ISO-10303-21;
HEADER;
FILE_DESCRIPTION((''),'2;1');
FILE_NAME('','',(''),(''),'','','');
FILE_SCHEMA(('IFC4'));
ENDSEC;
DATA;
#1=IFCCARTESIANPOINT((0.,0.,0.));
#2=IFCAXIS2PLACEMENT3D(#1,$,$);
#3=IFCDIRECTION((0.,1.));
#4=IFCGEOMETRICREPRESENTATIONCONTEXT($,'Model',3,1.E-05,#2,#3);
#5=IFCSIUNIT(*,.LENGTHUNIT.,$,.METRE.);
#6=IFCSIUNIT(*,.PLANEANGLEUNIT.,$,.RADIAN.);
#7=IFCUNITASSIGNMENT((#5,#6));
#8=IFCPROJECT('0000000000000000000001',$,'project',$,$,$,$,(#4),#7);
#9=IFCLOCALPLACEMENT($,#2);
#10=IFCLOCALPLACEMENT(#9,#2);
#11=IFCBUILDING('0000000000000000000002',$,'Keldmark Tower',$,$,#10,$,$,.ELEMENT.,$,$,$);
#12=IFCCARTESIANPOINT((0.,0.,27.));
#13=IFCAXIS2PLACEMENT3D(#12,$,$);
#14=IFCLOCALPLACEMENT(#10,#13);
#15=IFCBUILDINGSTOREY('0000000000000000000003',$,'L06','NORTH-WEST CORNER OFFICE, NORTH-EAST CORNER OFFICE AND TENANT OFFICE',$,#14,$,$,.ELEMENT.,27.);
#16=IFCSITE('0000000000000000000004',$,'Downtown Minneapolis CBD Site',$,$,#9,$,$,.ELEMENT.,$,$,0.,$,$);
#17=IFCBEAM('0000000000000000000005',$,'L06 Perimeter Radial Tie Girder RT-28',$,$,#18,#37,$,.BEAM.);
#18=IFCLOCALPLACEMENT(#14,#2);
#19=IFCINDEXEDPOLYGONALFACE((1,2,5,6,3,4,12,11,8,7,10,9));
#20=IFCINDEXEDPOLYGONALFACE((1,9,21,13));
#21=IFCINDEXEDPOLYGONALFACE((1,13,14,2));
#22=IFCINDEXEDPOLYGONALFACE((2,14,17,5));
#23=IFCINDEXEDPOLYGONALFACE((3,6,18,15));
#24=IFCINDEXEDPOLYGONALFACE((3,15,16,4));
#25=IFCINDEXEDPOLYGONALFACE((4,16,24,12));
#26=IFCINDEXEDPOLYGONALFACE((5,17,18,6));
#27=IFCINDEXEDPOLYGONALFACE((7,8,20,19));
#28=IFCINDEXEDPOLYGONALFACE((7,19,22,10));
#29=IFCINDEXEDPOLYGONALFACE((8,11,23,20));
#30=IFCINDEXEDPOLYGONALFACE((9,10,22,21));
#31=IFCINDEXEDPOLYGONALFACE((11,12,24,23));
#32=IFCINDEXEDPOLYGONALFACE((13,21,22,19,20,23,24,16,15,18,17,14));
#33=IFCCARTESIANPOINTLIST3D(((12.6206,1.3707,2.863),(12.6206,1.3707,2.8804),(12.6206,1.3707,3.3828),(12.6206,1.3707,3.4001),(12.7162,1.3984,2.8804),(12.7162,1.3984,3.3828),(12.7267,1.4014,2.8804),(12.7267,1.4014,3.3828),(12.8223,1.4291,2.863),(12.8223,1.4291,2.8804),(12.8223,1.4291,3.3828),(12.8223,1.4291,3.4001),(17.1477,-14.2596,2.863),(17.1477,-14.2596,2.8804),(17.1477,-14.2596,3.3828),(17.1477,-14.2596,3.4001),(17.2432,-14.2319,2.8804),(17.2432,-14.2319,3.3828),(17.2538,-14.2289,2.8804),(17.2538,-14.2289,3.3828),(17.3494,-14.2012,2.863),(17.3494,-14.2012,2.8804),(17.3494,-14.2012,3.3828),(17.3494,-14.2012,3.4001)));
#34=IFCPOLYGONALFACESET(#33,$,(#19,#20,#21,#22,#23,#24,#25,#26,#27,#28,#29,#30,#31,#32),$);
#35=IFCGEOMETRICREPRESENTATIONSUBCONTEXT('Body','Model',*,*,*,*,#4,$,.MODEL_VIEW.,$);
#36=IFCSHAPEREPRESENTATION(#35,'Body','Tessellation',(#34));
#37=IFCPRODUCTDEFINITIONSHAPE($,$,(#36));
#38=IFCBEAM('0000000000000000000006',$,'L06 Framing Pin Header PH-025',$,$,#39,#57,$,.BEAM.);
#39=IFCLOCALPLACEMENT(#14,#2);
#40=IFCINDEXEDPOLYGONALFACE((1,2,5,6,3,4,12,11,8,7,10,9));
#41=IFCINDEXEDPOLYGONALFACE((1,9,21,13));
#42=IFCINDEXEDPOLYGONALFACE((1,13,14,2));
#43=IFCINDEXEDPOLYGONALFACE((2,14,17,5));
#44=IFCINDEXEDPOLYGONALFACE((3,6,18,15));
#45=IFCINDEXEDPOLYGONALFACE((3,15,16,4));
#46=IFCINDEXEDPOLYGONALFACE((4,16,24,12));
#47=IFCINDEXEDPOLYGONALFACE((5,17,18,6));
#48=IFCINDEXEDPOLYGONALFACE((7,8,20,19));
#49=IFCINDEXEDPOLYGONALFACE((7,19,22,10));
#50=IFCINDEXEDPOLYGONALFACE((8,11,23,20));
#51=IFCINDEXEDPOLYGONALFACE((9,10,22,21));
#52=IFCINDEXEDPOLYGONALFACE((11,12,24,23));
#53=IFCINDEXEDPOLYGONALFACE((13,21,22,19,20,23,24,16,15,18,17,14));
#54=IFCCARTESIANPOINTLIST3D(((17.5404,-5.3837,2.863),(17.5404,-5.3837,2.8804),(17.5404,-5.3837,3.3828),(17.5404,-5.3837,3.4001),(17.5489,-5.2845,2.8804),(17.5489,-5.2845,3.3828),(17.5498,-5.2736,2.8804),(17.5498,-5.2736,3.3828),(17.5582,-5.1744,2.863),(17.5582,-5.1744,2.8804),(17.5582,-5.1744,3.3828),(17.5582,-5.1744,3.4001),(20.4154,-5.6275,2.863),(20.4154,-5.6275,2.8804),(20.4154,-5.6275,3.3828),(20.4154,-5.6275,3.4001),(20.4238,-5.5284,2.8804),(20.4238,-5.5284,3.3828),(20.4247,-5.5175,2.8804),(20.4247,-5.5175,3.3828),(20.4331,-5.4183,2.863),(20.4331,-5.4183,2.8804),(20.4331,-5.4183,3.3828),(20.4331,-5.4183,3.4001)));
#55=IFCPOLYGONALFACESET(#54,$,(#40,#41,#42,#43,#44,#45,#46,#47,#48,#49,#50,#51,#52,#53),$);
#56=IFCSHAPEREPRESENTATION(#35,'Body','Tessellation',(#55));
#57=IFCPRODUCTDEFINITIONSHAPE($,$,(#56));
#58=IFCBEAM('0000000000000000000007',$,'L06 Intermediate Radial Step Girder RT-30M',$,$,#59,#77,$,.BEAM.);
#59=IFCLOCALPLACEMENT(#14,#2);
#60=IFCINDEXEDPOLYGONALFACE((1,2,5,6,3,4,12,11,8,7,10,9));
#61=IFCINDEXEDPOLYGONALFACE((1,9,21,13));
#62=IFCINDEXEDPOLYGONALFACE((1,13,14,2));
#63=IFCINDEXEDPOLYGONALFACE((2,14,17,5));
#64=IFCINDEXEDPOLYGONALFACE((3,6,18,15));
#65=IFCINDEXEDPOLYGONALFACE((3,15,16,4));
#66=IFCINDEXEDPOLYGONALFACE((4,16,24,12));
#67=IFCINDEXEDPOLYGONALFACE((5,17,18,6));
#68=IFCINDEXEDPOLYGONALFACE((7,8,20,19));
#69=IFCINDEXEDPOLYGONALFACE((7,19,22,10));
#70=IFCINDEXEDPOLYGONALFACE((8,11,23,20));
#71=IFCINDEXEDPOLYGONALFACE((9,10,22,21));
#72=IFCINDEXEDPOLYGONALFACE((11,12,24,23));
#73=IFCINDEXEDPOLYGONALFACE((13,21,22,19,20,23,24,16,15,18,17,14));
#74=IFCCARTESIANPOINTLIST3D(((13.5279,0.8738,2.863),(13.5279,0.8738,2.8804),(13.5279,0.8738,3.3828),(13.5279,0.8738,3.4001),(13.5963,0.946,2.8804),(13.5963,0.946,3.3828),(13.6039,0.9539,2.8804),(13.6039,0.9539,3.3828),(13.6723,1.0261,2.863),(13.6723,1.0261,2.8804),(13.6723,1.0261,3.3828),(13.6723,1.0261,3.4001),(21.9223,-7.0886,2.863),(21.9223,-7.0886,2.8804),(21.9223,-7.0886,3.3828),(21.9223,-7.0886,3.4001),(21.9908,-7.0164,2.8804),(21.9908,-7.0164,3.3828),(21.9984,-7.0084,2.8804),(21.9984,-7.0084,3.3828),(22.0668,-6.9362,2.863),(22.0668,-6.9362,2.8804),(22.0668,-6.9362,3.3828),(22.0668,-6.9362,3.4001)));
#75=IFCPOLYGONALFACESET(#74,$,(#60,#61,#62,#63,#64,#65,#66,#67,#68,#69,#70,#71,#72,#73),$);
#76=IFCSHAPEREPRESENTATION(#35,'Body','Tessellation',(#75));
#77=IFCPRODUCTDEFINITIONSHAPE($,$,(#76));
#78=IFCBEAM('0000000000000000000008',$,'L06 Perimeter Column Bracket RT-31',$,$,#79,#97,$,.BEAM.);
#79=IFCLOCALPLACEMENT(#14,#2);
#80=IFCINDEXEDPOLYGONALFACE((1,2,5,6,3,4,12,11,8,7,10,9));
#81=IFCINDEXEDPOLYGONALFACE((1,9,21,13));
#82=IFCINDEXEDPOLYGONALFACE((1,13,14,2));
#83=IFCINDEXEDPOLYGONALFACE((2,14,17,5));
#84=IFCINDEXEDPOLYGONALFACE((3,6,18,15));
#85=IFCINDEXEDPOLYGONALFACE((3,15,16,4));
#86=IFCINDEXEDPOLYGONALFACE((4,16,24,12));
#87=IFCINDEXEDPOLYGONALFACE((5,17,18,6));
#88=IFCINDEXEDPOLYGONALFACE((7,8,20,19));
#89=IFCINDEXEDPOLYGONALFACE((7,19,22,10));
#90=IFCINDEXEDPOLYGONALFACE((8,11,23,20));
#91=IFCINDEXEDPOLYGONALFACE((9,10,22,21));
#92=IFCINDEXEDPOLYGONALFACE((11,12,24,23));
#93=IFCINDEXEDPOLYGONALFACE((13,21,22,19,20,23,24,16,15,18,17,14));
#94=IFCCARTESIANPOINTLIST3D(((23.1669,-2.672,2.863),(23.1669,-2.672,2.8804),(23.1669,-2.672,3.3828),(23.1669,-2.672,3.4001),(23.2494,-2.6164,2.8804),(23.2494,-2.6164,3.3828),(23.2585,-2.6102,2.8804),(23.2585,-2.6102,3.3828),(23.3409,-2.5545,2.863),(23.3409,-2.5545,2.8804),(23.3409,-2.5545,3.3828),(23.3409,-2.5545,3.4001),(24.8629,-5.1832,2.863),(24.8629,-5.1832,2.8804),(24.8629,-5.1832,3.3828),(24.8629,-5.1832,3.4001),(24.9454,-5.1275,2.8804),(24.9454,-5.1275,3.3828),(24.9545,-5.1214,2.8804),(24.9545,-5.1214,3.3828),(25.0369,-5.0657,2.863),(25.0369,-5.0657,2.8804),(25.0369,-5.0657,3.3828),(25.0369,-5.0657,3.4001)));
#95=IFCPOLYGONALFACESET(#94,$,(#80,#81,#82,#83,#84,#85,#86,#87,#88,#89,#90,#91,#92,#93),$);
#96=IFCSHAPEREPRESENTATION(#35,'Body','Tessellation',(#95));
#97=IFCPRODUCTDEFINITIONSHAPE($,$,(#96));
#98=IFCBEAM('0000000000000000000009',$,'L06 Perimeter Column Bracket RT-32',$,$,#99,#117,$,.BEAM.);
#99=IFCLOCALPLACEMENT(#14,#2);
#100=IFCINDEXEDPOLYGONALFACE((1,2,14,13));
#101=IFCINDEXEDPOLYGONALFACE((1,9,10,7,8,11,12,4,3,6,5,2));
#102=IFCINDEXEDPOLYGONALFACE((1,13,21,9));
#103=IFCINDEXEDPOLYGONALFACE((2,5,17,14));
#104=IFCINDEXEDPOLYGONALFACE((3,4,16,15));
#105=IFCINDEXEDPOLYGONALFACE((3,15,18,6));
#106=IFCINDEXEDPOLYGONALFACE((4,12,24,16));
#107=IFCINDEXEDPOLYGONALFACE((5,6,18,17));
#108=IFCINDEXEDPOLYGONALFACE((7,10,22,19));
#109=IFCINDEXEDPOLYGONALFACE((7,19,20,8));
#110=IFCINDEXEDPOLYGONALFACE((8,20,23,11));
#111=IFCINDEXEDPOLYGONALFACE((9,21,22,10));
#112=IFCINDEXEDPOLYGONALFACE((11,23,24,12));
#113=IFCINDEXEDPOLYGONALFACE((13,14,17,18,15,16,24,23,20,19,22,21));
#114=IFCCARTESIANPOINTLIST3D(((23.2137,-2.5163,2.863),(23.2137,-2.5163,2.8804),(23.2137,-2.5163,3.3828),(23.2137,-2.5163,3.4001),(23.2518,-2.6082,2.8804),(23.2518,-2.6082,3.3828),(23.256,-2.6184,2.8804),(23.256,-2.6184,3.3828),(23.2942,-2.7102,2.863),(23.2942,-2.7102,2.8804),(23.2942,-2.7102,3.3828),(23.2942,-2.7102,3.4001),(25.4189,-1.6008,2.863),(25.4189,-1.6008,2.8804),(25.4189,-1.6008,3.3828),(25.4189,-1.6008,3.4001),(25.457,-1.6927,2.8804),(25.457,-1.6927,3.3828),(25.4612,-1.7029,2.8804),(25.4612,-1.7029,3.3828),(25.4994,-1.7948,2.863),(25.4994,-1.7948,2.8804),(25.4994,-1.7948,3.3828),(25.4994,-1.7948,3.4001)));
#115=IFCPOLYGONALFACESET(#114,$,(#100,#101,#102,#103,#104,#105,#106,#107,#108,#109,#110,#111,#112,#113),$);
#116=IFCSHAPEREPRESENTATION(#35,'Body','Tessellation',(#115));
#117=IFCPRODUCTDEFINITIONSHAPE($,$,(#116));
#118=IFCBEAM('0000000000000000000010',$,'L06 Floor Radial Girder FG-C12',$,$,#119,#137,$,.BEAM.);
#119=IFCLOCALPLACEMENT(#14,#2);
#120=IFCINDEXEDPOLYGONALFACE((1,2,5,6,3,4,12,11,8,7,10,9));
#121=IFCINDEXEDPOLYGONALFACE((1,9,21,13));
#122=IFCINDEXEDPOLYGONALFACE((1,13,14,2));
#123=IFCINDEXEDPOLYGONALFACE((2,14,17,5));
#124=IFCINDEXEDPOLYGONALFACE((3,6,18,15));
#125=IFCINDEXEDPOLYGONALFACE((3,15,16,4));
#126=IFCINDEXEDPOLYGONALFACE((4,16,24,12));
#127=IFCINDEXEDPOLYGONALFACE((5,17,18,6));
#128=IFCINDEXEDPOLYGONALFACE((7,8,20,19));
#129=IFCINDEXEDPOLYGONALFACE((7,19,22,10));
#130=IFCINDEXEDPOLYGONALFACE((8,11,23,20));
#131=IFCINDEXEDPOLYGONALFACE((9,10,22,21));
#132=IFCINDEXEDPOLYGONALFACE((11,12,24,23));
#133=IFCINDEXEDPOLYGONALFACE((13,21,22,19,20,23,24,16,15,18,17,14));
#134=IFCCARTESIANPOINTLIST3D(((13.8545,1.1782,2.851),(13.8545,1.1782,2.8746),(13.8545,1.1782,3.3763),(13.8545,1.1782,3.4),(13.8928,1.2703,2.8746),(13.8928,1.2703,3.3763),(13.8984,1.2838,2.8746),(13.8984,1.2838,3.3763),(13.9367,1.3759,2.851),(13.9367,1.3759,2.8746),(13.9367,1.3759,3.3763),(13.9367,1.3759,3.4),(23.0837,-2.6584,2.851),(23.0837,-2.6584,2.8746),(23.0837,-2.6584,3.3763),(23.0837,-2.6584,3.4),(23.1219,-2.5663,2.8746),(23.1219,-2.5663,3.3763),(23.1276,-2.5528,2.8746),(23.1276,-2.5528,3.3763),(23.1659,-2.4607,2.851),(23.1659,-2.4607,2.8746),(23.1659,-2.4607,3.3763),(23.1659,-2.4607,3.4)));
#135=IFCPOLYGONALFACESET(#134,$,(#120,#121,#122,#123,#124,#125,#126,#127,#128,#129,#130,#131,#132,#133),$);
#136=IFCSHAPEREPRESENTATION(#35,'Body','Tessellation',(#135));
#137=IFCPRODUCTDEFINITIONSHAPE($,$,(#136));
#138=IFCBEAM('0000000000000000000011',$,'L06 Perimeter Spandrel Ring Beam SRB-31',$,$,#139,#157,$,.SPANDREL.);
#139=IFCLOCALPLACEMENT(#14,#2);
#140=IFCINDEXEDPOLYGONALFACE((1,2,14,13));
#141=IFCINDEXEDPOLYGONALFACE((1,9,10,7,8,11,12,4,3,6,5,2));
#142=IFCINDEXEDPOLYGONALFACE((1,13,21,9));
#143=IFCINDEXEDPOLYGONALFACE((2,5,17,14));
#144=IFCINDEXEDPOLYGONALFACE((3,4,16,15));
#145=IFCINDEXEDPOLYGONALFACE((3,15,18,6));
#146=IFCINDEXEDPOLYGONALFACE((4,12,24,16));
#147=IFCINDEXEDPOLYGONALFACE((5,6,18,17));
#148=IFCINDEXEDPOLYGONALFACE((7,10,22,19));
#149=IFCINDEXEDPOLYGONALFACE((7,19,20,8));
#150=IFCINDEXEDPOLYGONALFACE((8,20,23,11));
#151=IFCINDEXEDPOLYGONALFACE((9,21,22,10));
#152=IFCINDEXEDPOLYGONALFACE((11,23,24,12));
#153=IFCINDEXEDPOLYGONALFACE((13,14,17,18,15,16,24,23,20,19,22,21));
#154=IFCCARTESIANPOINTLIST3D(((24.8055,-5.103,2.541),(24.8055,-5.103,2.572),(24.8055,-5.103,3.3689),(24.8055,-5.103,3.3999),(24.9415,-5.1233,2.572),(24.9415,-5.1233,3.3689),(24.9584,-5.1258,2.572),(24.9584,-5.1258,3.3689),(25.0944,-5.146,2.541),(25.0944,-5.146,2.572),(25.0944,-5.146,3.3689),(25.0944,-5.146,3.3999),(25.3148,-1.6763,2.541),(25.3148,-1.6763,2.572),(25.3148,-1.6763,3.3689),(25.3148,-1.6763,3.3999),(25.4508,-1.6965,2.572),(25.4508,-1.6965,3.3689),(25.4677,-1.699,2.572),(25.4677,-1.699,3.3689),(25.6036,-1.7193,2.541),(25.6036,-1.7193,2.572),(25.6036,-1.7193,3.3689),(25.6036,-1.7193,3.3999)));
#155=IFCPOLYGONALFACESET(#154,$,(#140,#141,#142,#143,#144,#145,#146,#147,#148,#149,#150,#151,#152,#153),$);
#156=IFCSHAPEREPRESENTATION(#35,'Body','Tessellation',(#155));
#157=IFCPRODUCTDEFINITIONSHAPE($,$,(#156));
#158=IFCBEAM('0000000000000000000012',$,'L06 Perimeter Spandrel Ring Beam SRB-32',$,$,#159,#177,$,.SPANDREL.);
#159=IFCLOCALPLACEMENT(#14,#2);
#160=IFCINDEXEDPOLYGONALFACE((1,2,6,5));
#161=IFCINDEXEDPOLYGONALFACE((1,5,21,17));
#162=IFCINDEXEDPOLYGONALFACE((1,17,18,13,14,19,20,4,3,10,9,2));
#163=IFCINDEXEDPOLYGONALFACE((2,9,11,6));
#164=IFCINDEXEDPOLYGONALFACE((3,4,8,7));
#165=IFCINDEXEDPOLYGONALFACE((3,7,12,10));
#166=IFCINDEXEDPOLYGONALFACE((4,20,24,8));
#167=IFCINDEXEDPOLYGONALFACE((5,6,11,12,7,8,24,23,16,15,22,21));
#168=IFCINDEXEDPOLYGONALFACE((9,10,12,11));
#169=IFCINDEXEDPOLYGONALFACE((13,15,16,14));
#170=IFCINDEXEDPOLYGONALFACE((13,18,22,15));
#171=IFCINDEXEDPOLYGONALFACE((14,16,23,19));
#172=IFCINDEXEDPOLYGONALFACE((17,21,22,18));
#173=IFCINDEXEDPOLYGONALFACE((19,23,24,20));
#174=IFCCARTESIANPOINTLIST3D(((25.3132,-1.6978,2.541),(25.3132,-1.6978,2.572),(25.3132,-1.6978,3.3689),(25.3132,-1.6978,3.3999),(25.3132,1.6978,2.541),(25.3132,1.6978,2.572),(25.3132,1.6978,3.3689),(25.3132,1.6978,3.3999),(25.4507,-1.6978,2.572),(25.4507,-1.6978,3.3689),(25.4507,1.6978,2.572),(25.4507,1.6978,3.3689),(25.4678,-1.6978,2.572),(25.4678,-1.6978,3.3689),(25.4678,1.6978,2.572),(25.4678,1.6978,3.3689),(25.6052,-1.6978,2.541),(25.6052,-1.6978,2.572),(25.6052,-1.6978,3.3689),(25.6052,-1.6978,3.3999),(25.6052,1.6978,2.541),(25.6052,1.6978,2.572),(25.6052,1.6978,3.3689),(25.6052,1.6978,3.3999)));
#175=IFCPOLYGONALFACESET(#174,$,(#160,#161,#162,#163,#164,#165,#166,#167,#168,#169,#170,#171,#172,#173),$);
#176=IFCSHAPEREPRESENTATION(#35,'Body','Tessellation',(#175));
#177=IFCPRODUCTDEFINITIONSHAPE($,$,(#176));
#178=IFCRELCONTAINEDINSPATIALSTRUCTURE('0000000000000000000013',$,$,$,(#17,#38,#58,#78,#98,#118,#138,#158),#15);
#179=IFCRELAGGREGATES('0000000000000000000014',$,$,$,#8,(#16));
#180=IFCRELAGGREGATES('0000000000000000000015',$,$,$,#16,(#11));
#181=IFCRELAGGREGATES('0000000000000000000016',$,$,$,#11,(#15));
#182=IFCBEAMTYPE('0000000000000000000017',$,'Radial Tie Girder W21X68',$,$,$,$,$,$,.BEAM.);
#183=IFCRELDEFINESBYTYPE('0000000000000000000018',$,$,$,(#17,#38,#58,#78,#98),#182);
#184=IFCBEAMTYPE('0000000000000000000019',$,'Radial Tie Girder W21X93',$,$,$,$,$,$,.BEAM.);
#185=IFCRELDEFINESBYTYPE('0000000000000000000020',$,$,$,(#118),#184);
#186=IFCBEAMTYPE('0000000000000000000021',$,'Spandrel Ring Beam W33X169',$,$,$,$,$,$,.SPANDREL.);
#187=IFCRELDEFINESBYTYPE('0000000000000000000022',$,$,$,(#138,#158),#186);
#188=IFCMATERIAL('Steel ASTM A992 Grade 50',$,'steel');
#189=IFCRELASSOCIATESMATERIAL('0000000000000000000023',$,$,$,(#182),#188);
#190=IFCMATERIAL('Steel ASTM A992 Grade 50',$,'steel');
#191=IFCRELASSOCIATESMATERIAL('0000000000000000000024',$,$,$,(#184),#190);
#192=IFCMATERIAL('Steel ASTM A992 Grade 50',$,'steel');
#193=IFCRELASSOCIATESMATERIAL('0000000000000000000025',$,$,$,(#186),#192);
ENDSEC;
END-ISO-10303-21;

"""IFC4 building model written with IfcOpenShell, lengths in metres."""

from ifc_helpers import new_model, si_unit, direction, frame, origin, origin_2d, place, context, subcontext, project, spatial, i_section, extrude, material, material_profile, profile_set, type_object, element, save


model = new_model("IFC4")

# Units and contexts
model_context = context("Model", 3, precision=1e-05, world=origin(), true_north=direction((0.0, 1.0)))
body_context = subcontext(model_context, "Body", "Model", "MODEL_VIEW")
ifc_project = project(units=[si_unit("LENGTHUNIT", "METRE"), si_unit("PLANEANGLEUNIT", "RADIAN")], contexts=[model_context])

# Site, building, storey
site_placement = place(None, origin())
site = spatial("IfcSite", under=ifc_project, at=site_placement, Name="Downtown Minneapolis CBD Site", CompositionType="ELEMENT", RefElevation=0.0)
building_placement = place(site_placement, origin())
building = spatial("IfcBuilding", under=site, at=building_placement, Name="Keldmark Tower", CompositionType="ELEMENT")
storey_placement = place(building_placement, frame((0.0, 0.0, 27.0)))
storey = spatial("IfcBuildingStorey", under=building, at=storey_placement, Name="L06", Description="NORTH-WEST CORNER OFFICE, NORTH-EAST CORNER OFFICE AND TENANT OFFICE", CompositionType="ELEMENT", Elevation=27.0)

# Beams
ifc_material_1 = material(Name="Steel ASTM A992 Grade 50", Category="steel")
ifc_material_profile_1 = material_profile(ifc_material_1, i_section(OverallWidth=0.21, OverallDepth=0.5371, WebThickness=0.011, FlangeThickness=0.0173, at=origin_2d()), Name="W21X68")
ifc_profile_set_1 = profile_set([ifc_material_profile_1], Name="Steel ASTM A992 Grade 50")
beam_type_1 = type_object("IfcBeamType", Name="Radial Tie Girder W21X68", PredefinedType="BEAM", material=ifc_profile_set_1)
beam_1_placement = place(storey_placement, frame((12.7214, 1.3999, 3.1316), z_axis=(0.278201, -0.960523, 0.0), x_axis=(0.960523, 0.278201, 0.0)))
element("IfcBeam", 1, at=beam_1_placement, inside=storey, type_object=beam_type_1, Name="L06 Perimeter Radial Tie Girder RT-28", PredefinedType="BEAM", context=body_context, shape_type="SweptSolid", body=[
    extrude(i_section(OverallWidth=0.21, OverallDepth=0.5371, WebThickness=0.011, FlangeThickness=0.0173, at=origin_2d()), origin(), (0.0, 0.0, 1.0), 16.2727),
])
beam_2_placement = place(storey_placement, frame((17.5493, -5.2791, 3.1316), z_axis=(0.996421, -0.08453, 0.0), x_axis=(0.08453, 0.996421, 0.0)))
element("IfcBeam", 2, at=beam_2_placement, inside=storey, type_object=beam_type_1, Name="L06 Framing Pin Header PH-025", PredefinedType="BEAM", context=body_context, shape_type="SweptSolid", body=[
    extrude(i_section(OverallWidth=0.21, OverallDepth=0.5371, WebThickness=0.011, FlangeThickness=0.0173, at=origin_2d()), origin(), (0.0, 0.0, 1.0), 2.8853),
])
beam_3_placement = place(storey_placement, frame((13.6001, 0.95, 3.1316), z_axis=(0.725534, -0.688186, 0.0), x_axis=(0.688186, 0.725534, 0.0)))
element("IfcBeam", 3, at=beam_3_placement, inside=storey, type_object=beam_type_1, Name="L06 Intermediate Radial Step Girder RT-30M", PredefinedType="BEAM", context=body_context, shape_type="SweptSolid", body=[
    extrude(i_section(OverallWidth=0.21, OverallDepth=0.5371, WebThickness=0.011, FlangeThickness=0.0173, at=origin_2d()), origin(), (0.0, 0.0, 1.0), 11.5701),
])
beam_4_placement = place(storey_placement, frame((23.2539, -2.6133, 3.1316), z_axis=(0.559691, -0.828701, 0.0), x_axis=(0.828701, 0.559691, 0.0)))
element("IfcBeam", 4, at=beam_4_placement, inside=storey, type_object=beam_type_1, Name="L06 Perimeter Column Bracket RT-31", PredefinedType="BEAM", context=body_context, shape_type="SweptSolid", body=[
    extrude(i_section(OverallWidth=0.21, OverallDepth=0.5371, WebThickness=0.011, FlangeThickness=0.0173, at=origin_2d()), origin(), (0.0, 0.0, 1.0), 3.0303),
])
beam_5_placement = place(storey_placement, frame((23.2539, -2.6133, 3.1316), z_axis=(0.923575, 0.383417, 0.0), x_axis=(-0.383417, 0.923575, 0.0)))
element("IfcBeam", 5, at=beam_5_placement, inside=storey, type_object=beam_type_1, Name="L06 Perimeter Column Bracket RT-32", PredefinedType="BEAM", context=body_context, shape_type="SweptSolid", body=[
    extrude(i_section(OverallWidth=0.21, OverallDepth=0.5371, WebThickness=0.011, FlangeThickness=0.0173, at=origin_2d()), origin(), (0.0, 0.0, 1.0), 2.3877),
])
ifc_material_2 = material(Name="Steel ASTM A992 Grade 50", Category="steel")
ifc_material_profile_2 = material_profile(ifc_material_2, i_section(OverallWidth=0.2141, OverallDepth=0.5491, WebThickness=0.0146, FlangeThickness=0.0237, at=origin_2d()), Name="W21X93")
ifc_profile_set_2 = profile_set([ifc_material_profile_2], Name="Steel ASTM A992 Grade 50")
beam_type_2 = type_object("IfcBeamType", Name="Radial Tie Girder W21X93", PredefinedType="BEAM", material=ifc_profile_set_2)
beam_6_placement = place(storey_placement, frame((23.1248, -2.5596, 3.1255), z_axis=(-0.923391, 0.383861, 0.0), x_axis=(-0.383861, -0.923391, 0.0)))
element("IfcBeam", 6, at=beam_6_placement, inside=storey, type_object=beam_type_2, Name="L06 Floor Radial Girder FG-C12", PredefinedType="BEAM", context=body_context, shape_type="SweptSolid", body=[
    extrude(i_section(OverallWidth=0.2141, OverallDepth=0.5491, WebThickness=0.0146, FlangeThickness=0.0237, at=origin_2d()), origin(), (0.0, 0.0, 1.0), 9.9949),
])
ifc_material_3 = material(Name="Steel ASTM A992 Grade 50", Category="steel")
ifc_material_profile_3 = material_profile(ifc_material_3, i_section(OverallWidth=0.292, OverallDepth=0.8589, WebThickness=0.0171, FlangeThickness=0.031, at=origin_2d()), Name="W33X169")
ifc_profile_set_3 = profile_set([ifc_material_profile_3], Name="Steel ASTM A992 Grade 50")
beam_type_3 = type_object("IfcBeamType", Name="Spandrel Ring Beam W33X169", PredefinedType="SPANDREL", material=ifc_profile_set_3)
beam_7_placement = place(storey_placement, frame((24.95, -5.1245, 2.9705), z_axis=(0.147003, 0.989136, 0.0), x_axis=(-0.989136, 0.147003, 0.0)))
element("IfcBeam", 7, at=beam_7_placement, inside=storey, type_object=beam_type_3, Name="L06 Perimeter Spandrel Ring Beam SRB-31", PredefinedType="SPANDREL", context=body_context, shape_type="SweptSolid", body=[
    extrude(i_section(OverallWidth=0.292, OverallDepth=0.8589, WebThickness=0.0171, FlangeThickness=0.031, at=origin_2d()), origin(), (0.0, 0.0, 1.0), 3.4644),
])
beam_8_placement = place(storey_placement, frame((25.4592, -1.6978, 2.9705), z_axis=(0.0, 1.0, 0.0), x_axis=(-1.0, 0.0, 0.0)))
element("IfcBeam", 8, at=beam_8_placement, inside=storey, type_object=beam_type_3, Name="L06 Perimeter Spandrel Ring Beam SRB-32", PredefinedType="SPANDREL", context=body_context, shape_type="SweptSolid", body=[
    extrude(i_section(OverallWidth=0.292, OverallDepth=0.8589, WebThickness=0.0171, FlangeThickness=0.031, at=origin_2d()), origin(), (0.0, 0.0, 1.0), 3.3955),
])

save(model, "model.ifc")
